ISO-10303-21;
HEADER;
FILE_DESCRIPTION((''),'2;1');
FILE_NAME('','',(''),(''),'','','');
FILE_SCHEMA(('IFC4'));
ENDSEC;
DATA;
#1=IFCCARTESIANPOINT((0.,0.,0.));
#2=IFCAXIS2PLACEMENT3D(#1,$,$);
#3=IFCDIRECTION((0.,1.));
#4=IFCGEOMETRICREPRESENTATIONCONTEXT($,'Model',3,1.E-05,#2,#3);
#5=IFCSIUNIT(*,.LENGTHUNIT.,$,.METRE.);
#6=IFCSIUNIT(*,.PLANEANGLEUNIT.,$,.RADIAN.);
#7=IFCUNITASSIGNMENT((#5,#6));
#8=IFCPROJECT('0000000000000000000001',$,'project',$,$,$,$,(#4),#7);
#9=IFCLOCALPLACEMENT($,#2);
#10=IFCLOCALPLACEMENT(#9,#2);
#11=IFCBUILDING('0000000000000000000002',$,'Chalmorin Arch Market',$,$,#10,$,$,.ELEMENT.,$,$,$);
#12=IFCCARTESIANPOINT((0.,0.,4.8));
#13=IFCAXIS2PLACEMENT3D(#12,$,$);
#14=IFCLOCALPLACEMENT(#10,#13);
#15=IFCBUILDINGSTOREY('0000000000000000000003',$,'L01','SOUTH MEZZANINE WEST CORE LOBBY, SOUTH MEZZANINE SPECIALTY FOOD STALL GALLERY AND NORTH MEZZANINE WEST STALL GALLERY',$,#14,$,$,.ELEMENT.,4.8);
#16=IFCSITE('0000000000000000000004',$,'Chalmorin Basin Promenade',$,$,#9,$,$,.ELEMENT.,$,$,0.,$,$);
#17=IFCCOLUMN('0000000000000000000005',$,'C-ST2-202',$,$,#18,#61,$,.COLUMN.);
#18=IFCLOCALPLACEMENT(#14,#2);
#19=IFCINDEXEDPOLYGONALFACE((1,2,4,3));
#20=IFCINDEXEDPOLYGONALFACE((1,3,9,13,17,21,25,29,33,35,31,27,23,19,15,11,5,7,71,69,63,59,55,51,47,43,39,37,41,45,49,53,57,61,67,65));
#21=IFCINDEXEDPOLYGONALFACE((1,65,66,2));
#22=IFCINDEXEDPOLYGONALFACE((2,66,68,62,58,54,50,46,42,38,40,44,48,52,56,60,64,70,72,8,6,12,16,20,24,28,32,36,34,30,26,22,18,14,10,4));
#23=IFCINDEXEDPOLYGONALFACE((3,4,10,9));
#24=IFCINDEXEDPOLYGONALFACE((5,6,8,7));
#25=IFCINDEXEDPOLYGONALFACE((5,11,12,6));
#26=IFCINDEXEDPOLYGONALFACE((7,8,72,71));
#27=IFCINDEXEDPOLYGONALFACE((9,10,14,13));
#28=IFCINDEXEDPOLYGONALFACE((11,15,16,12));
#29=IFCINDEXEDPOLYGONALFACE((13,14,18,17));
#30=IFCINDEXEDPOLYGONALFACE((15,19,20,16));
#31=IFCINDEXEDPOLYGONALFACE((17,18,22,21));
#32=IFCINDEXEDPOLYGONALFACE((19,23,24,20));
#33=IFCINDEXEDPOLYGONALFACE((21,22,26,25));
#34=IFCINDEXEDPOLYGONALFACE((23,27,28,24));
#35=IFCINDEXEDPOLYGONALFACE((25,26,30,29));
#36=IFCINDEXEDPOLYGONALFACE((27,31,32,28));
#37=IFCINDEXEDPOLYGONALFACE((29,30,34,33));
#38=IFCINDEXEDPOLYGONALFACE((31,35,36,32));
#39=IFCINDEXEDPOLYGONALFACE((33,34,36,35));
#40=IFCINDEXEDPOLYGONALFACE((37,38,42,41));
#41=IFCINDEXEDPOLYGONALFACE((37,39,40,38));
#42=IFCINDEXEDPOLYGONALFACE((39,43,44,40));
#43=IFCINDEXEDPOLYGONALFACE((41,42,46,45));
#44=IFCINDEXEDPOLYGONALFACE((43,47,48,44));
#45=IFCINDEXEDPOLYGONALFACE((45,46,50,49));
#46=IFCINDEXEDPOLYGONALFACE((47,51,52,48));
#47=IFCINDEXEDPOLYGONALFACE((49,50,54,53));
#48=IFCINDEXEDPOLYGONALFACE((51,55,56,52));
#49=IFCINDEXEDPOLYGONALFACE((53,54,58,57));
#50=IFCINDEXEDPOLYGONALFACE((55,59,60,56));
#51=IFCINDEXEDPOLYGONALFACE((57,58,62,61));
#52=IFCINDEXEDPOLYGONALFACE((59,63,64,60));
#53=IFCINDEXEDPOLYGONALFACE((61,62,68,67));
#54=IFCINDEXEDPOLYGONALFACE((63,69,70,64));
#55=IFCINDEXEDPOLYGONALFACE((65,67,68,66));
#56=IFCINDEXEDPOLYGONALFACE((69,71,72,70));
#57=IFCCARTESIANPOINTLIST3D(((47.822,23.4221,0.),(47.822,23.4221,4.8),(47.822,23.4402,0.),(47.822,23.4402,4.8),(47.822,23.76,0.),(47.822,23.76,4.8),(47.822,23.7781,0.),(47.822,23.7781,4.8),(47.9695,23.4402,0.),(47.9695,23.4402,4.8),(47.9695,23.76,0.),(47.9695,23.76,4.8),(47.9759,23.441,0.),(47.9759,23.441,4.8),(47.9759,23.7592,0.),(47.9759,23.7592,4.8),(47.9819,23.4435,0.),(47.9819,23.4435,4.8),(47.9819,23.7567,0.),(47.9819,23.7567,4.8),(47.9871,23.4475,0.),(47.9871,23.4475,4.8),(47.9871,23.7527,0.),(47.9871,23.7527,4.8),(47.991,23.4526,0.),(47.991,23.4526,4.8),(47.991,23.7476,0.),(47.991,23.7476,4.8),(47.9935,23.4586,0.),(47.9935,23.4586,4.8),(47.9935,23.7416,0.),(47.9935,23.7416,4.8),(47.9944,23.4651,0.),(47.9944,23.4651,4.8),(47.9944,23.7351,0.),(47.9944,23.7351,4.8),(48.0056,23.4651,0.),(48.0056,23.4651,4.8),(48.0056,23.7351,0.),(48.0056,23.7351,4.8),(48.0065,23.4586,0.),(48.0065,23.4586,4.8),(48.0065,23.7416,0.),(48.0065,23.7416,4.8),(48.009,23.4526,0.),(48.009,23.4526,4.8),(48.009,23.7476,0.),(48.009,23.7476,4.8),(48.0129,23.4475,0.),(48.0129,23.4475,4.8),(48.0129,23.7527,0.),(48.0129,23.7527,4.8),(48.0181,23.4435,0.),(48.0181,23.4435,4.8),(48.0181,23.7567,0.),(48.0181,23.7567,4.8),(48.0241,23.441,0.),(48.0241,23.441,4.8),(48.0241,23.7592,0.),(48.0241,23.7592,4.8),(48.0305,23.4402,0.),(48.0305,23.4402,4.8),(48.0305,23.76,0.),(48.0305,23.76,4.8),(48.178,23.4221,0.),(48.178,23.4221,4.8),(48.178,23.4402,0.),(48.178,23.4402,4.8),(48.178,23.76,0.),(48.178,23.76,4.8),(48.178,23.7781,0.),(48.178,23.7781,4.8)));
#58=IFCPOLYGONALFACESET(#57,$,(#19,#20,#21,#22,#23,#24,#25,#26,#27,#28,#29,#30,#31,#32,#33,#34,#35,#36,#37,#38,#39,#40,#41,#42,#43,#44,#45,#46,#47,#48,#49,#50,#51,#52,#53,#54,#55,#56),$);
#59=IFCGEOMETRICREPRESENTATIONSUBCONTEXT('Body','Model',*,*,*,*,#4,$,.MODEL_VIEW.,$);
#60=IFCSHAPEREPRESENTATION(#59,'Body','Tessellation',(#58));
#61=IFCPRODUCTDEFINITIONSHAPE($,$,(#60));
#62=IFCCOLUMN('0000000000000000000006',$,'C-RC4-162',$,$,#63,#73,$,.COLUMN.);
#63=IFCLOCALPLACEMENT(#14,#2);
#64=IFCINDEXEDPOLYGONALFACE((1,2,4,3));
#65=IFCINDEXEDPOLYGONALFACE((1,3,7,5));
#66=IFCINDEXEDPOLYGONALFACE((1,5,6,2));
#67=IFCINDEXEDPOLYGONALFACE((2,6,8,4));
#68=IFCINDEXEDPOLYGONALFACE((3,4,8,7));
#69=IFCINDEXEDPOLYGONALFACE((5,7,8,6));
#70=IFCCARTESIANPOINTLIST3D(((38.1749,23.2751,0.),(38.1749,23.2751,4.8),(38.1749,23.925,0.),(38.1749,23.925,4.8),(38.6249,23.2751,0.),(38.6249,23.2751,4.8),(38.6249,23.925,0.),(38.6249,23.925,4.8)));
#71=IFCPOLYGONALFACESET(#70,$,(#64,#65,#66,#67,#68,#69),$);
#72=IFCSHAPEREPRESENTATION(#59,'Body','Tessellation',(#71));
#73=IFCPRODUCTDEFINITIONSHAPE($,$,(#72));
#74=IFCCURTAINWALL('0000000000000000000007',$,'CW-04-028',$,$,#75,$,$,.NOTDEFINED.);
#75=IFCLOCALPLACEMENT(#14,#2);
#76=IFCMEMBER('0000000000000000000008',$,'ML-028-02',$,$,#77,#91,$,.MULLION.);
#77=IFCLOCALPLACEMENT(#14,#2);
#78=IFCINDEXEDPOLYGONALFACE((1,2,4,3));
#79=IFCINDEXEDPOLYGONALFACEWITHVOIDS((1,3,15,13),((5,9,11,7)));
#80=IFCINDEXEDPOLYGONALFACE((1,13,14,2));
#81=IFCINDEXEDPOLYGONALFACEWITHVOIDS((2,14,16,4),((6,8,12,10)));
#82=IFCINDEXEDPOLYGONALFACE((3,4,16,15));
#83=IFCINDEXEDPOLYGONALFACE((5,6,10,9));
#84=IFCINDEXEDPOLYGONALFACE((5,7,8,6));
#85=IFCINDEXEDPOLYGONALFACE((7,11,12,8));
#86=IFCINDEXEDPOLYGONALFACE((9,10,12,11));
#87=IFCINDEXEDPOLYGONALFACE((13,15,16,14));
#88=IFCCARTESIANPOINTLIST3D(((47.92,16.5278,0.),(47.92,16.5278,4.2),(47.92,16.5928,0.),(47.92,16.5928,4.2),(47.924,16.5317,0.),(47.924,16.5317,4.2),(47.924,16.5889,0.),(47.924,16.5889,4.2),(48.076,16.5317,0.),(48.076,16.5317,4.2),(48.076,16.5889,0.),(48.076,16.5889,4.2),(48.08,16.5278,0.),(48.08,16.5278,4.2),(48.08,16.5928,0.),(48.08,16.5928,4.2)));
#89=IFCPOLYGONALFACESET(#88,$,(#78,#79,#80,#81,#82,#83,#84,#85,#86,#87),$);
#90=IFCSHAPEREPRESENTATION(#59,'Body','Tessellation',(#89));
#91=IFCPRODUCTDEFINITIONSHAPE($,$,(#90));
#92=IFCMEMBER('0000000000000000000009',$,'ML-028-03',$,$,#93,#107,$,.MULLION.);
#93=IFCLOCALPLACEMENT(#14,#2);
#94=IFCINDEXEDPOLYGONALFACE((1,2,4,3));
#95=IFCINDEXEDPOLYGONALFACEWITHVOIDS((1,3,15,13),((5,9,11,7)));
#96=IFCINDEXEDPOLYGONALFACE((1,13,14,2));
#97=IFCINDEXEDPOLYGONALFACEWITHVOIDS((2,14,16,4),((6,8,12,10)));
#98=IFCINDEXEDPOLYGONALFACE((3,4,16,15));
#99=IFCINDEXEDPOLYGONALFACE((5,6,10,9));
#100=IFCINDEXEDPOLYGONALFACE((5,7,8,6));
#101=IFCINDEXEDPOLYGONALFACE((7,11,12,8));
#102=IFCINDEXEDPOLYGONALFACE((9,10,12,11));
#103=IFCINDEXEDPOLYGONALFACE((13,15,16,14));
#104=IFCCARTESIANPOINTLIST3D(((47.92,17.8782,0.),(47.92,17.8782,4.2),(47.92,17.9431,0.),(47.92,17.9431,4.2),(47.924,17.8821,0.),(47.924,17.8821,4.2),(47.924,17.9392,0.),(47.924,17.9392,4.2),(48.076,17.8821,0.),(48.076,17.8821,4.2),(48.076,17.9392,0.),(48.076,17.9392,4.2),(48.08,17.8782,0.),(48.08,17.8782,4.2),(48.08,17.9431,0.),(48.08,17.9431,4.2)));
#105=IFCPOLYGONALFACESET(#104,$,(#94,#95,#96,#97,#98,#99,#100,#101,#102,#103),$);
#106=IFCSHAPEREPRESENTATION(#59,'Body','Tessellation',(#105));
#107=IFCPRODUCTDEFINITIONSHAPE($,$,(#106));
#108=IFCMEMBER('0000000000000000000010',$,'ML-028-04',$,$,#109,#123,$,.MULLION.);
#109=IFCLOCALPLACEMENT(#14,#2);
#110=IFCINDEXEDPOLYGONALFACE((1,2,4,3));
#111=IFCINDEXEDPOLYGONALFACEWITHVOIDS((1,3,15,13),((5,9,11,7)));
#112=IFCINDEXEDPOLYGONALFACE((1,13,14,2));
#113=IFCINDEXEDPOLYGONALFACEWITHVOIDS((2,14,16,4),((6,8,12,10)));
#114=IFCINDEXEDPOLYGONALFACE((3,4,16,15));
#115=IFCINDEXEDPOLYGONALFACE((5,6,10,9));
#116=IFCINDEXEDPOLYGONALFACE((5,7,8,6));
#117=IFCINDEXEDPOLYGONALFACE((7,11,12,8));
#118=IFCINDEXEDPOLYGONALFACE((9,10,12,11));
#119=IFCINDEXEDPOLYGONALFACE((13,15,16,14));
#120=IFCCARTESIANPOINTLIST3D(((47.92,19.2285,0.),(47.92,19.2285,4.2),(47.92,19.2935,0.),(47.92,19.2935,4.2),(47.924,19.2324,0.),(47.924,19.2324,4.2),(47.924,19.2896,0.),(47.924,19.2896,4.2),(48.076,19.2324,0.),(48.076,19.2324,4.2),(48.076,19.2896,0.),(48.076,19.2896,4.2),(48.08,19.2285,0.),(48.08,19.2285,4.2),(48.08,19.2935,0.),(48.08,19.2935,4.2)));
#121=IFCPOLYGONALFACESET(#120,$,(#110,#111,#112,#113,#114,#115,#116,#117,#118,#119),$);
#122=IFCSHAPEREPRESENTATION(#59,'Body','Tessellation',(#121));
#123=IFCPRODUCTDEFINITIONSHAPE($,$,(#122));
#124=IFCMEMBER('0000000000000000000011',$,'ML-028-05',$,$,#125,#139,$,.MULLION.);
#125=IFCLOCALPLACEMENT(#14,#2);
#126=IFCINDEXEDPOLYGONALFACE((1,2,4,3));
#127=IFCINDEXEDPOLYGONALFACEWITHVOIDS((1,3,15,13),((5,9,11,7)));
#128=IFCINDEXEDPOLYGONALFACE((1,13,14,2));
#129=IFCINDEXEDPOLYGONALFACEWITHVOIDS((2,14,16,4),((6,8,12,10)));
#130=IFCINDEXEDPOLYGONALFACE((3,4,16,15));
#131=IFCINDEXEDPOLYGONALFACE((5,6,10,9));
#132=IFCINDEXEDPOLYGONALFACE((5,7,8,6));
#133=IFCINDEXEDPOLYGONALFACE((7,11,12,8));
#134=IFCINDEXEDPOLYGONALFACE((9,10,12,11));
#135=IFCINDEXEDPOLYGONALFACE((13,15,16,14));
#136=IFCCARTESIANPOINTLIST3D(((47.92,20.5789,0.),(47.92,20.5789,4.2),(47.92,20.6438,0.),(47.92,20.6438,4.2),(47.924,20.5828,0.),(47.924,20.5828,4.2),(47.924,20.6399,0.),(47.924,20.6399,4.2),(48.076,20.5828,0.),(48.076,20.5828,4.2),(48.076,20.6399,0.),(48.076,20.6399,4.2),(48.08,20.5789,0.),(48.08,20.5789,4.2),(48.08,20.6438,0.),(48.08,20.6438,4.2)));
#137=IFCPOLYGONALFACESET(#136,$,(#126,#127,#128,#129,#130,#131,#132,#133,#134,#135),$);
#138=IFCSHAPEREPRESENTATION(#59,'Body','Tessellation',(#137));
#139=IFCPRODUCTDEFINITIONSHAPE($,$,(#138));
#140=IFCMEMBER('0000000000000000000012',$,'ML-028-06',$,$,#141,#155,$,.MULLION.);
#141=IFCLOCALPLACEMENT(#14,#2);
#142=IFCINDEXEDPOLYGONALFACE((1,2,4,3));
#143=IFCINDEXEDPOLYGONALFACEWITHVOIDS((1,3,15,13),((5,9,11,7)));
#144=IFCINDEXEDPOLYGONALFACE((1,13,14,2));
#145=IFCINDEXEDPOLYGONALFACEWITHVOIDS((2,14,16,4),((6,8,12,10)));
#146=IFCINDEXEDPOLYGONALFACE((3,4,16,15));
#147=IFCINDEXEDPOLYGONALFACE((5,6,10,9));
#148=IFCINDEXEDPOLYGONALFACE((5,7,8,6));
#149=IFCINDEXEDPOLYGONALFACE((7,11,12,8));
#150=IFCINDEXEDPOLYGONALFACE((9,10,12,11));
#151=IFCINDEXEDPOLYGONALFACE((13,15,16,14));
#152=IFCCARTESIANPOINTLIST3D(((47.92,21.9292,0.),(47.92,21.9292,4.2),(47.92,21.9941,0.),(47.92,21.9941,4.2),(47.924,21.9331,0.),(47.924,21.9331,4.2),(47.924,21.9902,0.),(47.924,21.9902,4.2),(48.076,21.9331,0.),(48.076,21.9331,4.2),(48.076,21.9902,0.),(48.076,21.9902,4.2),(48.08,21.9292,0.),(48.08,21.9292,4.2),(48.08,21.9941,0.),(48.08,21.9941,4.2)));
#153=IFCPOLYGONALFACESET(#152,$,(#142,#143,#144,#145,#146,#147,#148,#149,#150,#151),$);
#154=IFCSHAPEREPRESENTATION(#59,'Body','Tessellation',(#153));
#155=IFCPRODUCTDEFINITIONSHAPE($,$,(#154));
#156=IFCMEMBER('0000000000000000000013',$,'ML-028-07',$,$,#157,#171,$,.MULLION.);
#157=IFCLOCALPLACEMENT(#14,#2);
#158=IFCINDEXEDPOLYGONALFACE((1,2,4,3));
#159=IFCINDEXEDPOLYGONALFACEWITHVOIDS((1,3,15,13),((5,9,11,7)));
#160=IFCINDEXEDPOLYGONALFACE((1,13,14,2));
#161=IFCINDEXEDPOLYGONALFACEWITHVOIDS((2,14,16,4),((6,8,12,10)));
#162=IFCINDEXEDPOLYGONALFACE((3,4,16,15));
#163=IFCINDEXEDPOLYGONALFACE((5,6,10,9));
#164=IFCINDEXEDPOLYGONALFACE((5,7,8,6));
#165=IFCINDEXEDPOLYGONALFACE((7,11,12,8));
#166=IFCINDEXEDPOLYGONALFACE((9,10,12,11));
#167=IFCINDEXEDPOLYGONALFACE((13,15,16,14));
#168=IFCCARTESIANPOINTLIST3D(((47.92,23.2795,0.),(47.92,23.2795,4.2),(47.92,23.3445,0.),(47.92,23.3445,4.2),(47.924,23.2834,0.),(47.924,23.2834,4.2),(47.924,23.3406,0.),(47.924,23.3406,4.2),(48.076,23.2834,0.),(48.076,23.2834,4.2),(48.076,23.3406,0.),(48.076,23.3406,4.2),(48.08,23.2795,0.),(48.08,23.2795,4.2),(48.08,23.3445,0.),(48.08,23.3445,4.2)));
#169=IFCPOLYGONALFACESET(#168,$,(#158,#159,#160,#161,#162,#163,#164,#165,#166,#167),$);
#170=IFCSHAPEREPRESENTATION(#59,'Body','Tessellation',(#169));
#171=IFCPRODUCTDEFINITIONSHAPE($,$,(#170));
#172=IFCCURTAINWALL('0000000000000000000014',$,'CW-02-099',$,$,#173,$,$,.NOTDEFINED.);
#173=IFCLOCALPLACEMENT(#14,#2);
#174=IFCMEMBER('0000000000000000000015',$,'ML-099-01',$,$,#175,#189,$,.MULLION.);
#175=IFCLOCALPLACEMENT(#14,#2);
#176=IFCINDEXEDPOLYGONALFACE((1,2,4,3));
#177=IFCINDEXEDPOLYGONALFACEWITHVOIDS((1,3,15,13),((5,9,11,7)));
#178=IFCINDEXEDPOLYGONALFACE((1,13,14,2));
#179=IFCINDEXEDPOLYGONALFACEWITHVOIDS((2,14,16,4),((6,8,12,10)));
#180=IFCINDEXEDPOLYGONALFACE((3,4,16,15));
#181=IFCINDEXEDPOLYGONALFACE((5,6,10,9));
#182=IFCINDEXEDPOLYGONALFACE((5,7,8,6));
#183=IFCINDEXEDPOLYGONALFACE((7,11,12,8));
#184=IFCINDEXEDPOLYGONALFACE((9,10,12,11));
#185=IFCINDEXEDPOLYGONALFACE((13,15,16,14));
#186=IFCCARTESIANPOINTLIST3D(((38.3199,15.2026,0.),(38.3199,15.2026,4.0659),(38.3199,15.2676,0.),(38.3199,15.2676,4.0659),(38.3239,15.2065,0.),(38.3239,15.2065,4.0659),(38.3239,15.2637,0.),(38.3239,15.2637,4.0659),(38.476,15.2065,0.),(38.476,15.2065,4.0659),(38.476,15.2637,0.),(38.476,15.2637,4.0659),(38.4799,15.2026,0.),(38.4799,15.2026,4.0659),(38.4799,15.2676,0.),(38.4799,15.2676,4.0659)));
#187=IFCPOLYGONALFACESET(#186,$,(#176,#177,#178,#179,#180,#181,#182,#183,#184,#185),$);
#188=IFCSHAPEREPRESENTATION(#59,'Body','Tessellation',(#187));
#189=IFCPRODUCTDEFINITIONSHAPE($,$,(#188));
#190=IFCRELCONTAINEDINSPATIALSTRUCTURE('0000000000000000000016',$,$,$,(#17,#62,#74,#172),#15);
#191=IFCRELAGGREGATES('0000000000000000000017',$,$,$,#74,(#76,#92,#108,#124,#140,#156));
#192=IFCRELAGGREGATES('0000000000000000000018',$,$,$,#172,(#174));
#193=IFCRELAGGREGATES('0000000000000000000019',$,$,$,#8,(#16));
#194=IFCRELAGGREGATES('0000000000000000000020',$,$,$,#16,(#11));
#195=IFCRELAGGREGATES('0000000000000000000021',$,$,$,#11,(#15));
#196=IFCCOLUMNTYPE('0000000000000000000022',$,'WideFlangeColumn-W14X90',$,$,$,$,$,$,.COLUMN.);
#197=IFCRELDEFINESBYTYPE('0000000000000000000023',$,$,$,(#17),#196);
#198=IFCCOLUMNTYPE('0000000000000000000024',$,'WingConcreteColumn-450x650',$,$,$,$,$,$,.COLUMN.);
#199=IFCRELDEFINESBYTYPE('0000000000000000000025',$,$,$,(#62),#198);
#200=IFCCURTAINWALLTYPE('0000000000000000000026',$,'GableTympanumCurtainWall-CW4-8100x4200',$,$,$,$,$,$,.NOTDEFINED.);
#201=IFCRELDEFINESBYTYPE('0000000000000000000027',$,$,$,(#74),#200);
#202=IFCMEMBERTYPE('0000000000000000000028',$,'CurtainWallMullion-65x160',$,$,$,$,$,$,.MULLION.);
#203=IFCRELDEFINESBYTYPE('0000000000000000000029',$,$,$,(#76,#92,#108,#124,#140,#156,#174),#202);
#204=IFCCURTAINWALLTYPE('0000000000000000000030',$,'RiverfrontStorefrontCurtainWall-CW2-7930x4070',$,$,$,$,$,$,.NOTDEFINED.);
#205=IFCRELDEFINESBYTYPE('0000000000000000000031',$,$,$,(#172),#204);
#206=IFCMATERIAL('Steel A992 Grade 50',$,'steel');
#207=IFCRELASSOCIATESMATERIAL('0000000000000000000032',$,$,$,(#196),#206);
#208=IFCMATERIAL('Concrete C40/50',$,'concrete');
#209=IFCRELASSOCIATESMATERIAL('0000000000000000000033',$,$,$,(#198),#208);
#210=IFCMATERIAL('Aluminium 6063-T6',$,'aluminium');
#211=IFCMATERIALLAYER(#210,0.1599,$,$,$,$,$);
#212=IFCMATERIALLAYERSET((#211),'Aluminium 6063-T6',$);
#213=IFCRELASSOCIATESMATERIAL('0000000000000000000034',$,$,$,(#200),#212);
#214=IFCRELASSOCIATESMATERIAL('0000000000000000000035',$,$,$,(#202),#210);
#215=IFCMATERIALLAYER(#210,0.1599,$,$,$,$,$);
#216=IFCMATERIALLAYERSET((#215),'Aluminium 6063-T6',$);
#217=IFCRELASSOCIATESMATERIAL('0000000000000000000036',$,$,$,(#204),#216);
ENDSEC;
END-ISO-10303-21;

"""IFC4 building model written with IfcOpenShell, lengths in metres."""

from ifc_helpers import new_model, si_unit, direction, frame, origin, origin_2d, place, context, subcontext, project, spatial, rectangle, hollow_rectangle, i_section, extrude, material, layer, layer_set, material_profile, profile_set, type_object, element, aggregate, save


model = new_model("IFC4")

# Units and contexts
model_context = context("Model", 3, precision=1e-05, world=origin(), true_north=direction((0.0, 1.0)))
body_context = subcontext(model_context, "Body", "Model", "MODEL_VIEW")
ifc_project = project(units=[si_unit("LENGTHUNIT", "METRE"), si_unit("PLANEANGLEUNIT", "RADIAN")], contexts=[model_context])

# Site, building, storey
site_placement = place(None, origin())
site = spatial("IfcSite", under=ifc_project, at=site_placement, Name="Chalmorin Basin Promenade", CompositionType="ELEMENT", RefElevation=0.0)
building_placement = place(site_placement, origin())
building = spatial("IfcBuilding", under=site, at=building_placement, Name="Chalmorin Arch Market", CompositionType="ELEMENT")
storey_placement = place(building_placement, frame((0.0, 0.0, 4.8)))
storey = spatial("IfcBuildingStorey", under=building, at=storey_placement, Name="L01", Description="SOUTH MEZZANINE WEST CORE LOBBY, SOUTH MEZZANINE SPECIALTY FOOD STALL GALLERY AND NORTH MEZZANINE WEST STALL GALLERY", CompositionType="ELEMENT", Elevation=4.8)

# Columns
ifc_material_1 = material(Name="Steel A992 Grade 50", Category="steel")
ifc_material_profile_1 = material_profile(ifc_material_1, i_section(OverallWidth=0.356, OverallDepth=0.356, WebThickness=0.0112, FlangeThickness=0.0181, FilletRadius=0.0249, at=origin_2d()), Name="W14X90")
ifc_profile_set_1 = profile_set([ifc_material_profile_1], Name="Steel A992 Grade 50")
column_type_1 = type_object("IfcColumnType", Name="WideFlangeColumn-W14X90", PredefinedType="COLUMN", material=ifc_profile_set_1)
column_1_placement = place(storey_placement, frame((48.0, 23.6001, 0.0), z_axis=(0.0, 0.0, 1.0), x_axis=(1.0, 0.0, 0.0)))
element("IfcColumn", 1, at=column_1_placement, inside=storey, type_object=column_type_1, Name="C-ST2-202", PredefinedType="COLUMN", context=body_context, shape_type="SweptSolid", body=[
    extrude(i_section(OverallWidth=0.356, OverallDepth=0.356, WebThickness=0.0112, FlangeThickness=0.0181, FilletRadius=0.0249, at=origin_2d()), origin(), (0.0, 0.0, 1.0), 4.8),
])
ifc_material_2 = material(Name="Concrete C40/50", Category="concrete")
ifc_material_profile_2 = material_profile(ifc_material_2, rectangle(XDim=0.45, YDim=0.6499, at=origin_2d()), Name="RC450X650")
ifc_profile_set_2 = profile_set([ifc_material_profile_2], Name="Concrete C40/50")
column_type_2 = type_object("IfcColumnType", Name="WingConcreteColumn-450x650", PredefinedType="COLUMN", material=ifc_profile_set_2)
column_2_placement = place(storey_placement, frame((38.3999, 23.6001, 0.0), z_axis=(0.0, 0.0, 1.0), x_axis=(1.0, 0.0, 0.0)))
element("IfcColumn", 2, at=column_2_placement, inside=storey, type_object=column_type_2, Name="C-RC4-162", PredefinedType="COLUMN", context=body_context, shape_type="SweptSolid", body=[
    extrude(rectangle(XDim=0.45, YDim=0.6499, at=origin_2d()), origin(), (0.0, 0.0, 1.0), 4.8),
])

# Curtain walls, members
ifc_material_3 = material(Name="Aluminium 6063-T6", Category="aluminium")
ifc_layer_1 = layer(ifc_material_3, 0.1599)
ifc_layer_set_1 = layer_set([ifc_layer_1], Name="Aluminium 6063-T6")
curtain_wall_type_1 = type_object("IfcCurtainWallType", Name="GableTympanumCurtainWall-CW4-8100x4200", PredefinedType="NOTDEFINED", material=ifc_layer_set_1)
curtain_wall_1_placement = place(storey_placement, origin())
curtain_wall_1 = element("IfcCurtainWall", 3, at=curtain_wall_1_placement, inside=storey, type_object=curtain_wall_type_1, Name="CW-04-028", PredefinedType="NOTDEFINED")
ifc_material_profile_3 = material_profile(ifc_material_3, hollow_rectangle(XDim=0.0649, YDim=0.1599, WallThickness=0.0039, at=origin_2d()), Name="ALU65X160X4")
ifc_profile_set_3 = profile_set([ifc_material_profile_3], Name="Aluminium 6063-T6")
member_type_1 = type_object("IfcMemberType", Name="CurtainWallMullion-65x160", PredefinedType="MULLION", material=ifc_profile_set_3)
member_1_placement = place(storey_placement, frame((48.0, 16.5603, 0.0), z_axis=(0.0, 0.0, 1.0), x_axis=(0.0, 1.0, 0.0)))
member_1 = element("IfcMember", 4, at=member_1_placement, type_object=member_type_1, Name="ML-028-02", PredefinedType="MULLION", context=body_context, shape_type="SweptSolid", body=[
    extrude(hollow_rectangle(XDim=0.0649, YDim=0.1599, WallThickness=0.0039, at=origin_2d()), origin(), (0.0, 0.0, 1.0), 4.2),
])
member_2_placement = place(storey_placement, frame((48.0, 17.9106, 0.0), z_axis=(0.0, 0.0, 1.0), x_axis=(0.0, 1.0, 0.0)))
member_2 = element("IfcMember", 5, at=member_2_placement, type_object=member_type_1, Name="ML-028-03", PredefinedType="MULLION", context=body_context, shape_type="SweptSolid", body=[
    extrude(hollow_rectangle(XDim=0.0649, YDim=0.1599, WallThickness=0.0039, at=origin_2d()), origin(), (0.0, 0.0, 1.0), 4.2),
])
member_3_placement = place(storey_placement, frame((48.0, 19.261, 0.0), z_axis=(0.0, 0.0, 1.0), x_axis=(0.0, 1.0, 0.0)))
member_3 = element("IfcMember", 6, at=member_3_placement, type_object=member_type_1, Name="ML-028-04", PredefinedType="MULLION", context=body_context, shape_type="SweptSolid", body=[
    extrude(hollow_rectangle(XDim=0.0649, YDim=0.1599, WallThickness=0.0039, at=origin_2d()), origin(), (0.0, 0.0, 1.0), 4.2),
])
member_4_placement = place(storey_placement, frame((48.0, 20.6113, 0.0), z_axis=(0.0, 0.0, 1.0), x_axis=(0.0, 1.0, 0.0)))
member_4 = element("IfcMember", 7, at=member_4_placement, type_object=member_type_1, Name="ML-028-05", PredefinedType="MULLION", context=body_context, shape_type="SweptSolid", body=[
    extrude(hollow_rectangle(XDim=0.0649, YDim=0.1599, WallThickness=0.0039, at=origin_2d()), origin(), (0.0, 0.0, 1.0), 4.2),
])
member_5_placement = place(storey_placement, frame((48.0, 21.9617, 0.0), z_axis=(0.0, 0.0, 1.0), x_axis=(0.0, 1.0, 0.0)))
member_5 = element("IfcMember", 8, at=member_5_placement, type_object=member_type_1, Name="ML-028-06", PredefinedType="MULLION", context=body_context, shape_type="SweptSolid", body=[
    extrude(hollow_rectangle(XDim=0.0649, YDim=0.1599, WallThickness=0.0039, at=origin_2d()), origin(), (0.0, 0.0, 1.0), 4.2),
])
member_6_placement = place(storey_placement, frame((48.0, 23.312, 0.0), z_axis=(0.0, 0.0, 1.0), x_axis=(0.0, 1.0, 0.0)))
member_6 = element("IfcMember", 9, at=member_6_placement, type_object=member_type_1, Name="ML-028-07", PredefinedType="MULLION", context=body_context, shape_type="SweptSolid", body=[
    extrude(hollow_rectangle(XDim=0.0649, YDim=0.1599, WallThickness=0.0039, at=origin_2d()), origin(), (0.0, 0.0, 1.0), 4.2),
])
ifc_layer_2 = layer(ifc_material_3, 0.1599)
ifc_layer_set_2 = layer_set([ifc_layer_2], Name="Aluminium 6063-T6")
curtain_wall_type_2 = type_object("IfcCurtainWallType", Name="RiverfrontStorefrontCurtainWall-CW2-7930x4070", PredefinedType="NOTDEFINED", material=ifc_layer_set_2)
curtain_wall_2_placement = place(storey_placement, origin())
curtain_wall_2 = element("IfcCurtainWall", 10, at=curtain_wall_2_placement, inside=storey, type_object=curtain_wall_type_2, Name="CW-02-099", PredefinedType="NOTDEFINED")
member_7_placement = place(storey_placement, frame((38.3999, 15.2351, 0.0), z_axis=(0.0, 0.0, 1.0), x_axis=(0.0, 1.0, 0.0)))
member_7 = element("IfcMember", 11, at=member_7_placement, type_object=member_type_1, Name="ML-099-01", PredefinedType="MULLION", context=body_context, shape_type="SweptSolid", body=[
    extrude(hollow_rectangle(XDim=0.0649, YDim=0.1599, WallThickness=0.0039, at=origin_2d()), origin(), (0.0, 0.0, 1.0), 4.0659),
])

aggregate(curtain_wall_1, [member_1, member_2, member_3, member_4, member_5, member_6])
aggregate(curtain_wall_2, [member_7])

save(model, "model.ifc")
